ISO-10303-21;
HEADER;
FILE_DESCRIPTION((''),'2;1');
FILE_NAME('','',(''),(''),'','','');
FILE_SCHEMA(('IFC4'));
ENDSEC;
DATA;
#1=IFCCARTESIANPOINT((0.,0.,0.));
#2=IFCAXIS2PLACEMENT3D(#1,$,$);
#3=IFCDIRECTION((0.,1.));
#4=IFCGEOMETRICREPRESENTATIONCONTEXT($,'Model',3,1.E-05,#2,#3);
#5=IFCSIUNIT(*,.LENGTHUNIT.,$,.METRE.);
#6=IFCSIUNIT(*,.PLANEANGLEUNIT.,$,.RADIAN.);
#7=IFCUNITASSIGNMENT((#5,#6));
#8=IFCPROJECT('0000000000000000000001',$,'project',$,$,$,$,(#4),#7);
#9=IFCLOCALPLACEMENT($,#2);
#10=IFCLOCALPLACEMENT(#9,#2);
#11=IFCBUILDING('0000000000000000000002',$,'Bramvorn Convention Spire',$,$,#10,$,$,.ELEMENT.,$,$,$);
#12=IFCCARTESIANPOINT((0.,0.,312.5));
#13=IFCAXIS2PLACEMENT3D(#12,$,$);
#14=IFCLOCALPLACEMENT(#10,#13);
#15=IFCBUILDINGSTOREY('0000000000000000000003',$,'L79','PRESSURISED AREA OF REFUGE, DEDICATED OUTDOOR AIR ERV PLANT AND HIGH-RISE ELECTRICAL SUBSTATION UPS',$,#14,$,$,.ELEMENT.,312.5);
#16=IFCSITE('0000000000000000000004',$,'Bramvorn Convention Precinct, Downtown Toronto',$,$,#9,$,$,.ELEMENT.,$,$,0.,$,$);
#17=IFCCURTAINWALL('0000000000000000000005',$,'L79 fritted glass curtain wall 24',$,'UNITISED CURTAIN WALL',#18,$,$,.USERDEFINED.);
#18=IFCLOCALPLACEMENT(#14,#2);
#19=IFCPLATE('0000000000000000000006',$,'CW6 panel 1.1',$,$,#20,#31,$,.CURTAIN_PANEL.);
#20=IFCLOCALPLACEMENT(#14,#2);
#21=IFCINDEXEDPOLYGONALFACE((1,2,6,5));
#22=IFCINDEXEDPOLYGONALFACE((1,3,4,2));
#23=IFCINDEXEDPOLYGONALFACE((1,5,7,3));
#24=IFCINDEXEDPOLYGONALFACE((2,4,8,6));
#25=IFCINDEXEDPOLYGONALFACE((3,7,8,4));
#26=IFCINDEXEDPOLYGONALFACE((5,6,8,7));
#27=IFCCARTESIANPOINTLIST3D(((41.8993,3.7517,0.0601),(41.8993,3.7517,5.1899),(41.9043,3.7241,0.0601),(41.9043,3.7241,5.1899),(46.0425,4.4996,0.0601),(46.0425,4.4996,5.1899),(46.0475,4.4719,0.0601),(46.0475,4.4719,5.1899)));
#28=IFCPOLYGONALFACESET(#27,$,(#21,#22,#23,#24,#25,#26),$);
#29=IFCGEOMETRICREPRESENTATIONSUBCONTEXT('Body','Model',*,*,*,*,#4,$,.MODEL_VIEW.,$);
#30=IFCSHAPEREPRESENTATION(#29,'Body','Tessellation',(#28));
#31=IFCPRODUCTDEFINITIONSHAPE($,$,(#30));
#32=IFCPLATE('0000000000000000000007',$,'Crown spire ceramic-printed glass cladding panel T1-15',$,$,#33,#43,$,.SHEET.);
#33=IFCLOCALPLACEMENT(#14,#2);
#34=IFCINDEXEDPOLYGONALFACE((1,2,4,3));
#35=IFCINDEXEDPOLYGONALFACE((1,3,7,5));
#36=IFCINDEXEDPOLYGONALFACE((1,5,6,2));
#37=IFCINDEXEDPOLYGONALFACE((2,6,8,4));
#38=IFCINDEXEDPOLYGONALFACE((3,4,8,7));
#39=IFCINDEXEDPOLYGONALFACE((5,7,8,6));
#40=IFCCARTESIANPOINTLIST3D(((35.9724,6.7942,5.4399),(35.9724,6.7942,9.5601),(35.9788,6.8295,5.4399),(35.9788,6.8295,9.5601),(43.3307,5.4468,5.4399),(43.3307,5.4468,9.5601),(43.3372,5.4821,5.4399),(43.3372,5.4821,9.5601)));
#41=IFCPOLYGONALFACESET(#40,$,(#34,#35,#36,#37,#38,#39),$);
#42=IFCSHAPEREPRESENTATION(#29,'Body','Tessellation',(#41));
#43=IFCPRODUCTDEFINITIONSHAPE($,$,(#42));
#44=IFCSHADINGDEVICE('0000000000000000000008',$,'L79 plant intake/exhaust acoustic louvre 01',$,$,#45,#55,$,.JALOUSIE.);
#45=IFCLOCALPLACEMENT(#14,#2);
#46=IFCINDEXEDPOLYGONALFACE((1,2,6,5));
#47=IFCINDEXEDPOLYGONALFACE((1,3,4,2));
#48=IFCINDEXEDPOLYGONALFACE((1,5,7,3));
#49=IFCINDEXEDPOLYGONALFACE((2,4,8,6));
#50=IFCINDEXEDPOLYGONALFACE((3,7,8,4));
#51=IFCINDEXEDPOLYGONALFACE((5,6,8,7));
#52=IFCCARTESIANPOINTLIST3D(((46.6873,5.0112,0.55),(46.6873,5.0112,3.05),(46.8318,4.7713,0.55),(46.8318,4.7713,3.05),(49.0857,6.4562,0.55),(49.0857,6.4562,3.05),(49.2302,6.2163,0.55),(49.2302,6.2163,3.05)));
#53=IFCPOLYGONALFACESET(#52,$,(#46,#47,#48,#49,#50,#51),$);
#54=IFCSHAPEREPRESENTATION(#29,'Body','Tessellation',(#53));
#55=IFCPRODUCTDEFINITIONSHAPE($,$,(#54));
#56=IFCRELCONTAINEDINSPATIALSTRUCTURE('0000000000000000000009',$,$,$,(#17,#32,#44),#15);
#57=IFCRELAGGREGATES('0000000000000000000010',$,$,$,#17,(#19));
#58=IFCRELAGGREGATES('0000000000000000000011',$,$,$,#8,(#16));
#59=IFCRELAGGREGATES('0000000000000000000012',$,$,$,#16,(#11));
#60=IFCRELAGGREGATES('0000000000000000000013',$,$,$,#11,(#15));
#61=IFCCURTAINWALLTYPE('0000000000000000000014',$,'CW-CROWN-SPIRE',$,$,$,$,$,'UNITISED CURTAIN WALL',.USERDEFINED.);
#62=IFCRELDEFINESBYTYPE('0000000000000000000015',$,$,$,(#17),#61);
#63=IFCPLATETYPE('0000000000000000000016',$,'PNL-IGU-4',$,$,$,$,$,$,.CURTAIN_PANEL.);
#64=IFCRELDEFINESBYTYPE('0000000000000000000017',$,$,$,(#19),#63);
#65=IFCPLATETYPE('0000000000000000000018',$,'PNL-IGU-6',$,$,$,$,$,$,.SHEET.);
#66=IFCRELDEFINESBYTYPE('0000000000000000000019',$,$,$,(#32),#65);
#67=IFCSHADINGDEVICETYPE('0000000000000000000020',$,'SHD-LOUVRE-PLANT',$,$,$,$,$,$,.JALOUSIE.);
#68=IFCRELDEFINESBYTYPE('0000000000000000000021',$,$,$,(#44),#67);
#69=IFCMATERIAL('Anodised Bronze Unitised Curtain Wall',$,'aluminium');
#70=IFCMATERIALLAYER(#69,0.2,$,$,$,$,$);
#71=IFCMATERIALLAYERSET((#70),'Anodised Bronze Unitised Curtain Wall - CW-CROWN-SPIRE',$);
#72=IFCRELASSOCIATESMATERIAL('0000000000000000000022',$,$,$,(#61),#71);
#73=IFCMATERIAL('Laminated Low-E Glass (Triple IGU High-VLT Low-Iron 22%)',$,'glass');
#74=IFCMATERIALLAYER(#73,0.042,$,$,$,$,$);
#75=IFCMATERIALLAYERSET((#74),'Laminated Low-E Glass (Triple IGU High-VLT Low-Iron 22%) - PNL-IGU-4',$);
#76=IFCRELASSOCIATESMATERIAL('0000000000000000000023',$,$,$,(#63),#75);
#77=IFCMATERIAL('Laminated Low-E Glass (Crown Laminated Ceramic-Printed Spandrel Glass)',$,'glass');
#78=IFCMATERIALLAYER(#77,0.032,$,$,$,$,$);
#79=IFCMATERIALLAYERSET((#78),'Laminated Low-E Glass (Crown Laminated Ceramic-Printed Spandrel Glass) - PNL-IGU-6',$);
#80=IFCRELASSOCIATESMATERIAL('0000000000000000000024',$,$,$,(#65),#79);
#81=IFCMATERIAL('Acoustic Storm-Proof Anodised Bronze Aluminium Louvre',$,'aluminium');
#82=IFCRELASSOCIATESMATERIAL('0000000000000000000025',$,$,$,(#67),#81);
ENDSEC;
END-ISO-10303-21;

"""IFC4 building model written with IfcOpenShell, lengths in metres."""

from ifc_helpers import new_model, si_unit, direction, frame, origin, origin_2d, place, context, subcontext, project, spatial, rectangle, extrude, material, layer, layer_set, type_object, element, aggregate, save


model = new_model("IFC4")

# Units and contexts
model_context = context("Model", 3, precision=1e-05, world=origin(), true_north=direction((0.0, 1.0)))
body_context = subcontext(model_context, "Body", "Model", "MODEL_VIEW")
ifc_project = project(units=[si_unit("LENGTHUNIT", "METRE"), si_unit("PLANEANGLEUNIT", "RADIAN")], contexts=[model_context])

# Site, building, storey
site_placement = place(None, origin())
site = spatial("IfcSite", under=ifc_project, at=site_placement, Name="Bramvorn Convention Precinct, Downtown Toronto", CompositionType="ELEMENT", RefElevation=0.0)
building_placement = place(site_placement, origin())
building = spatial("IfcBuilding", under=site, at=building_placement, Name="Bramvorn Convention Spire", CompositionType="ELEMENT")
storey_placement = place(building_placement, frame((0.0, 0.0, 312.5)))
storey = spatial("IfcBuildingStorey", under=building, at=storey_placement, Name="L79", Description="PRESSURISED AREA OF REFUGE, DEDICATED OUTDOOR AIR ERV PLANT AND HIGH-RISE ELECTRICAL SUBSTATION UPS", CompositionType="ELEMENT", Elevation=312.5)

# Shared definitions
ifc_material_1 = material(Name="Anodised Bronze Unitised Curtain Wall", Category="aluminium")
ifc_layer_1 = layer(ifc_material_1, 0.2)
ifc_layer_set_1 = layer_set([ifc_layer_1], Name="Anodised Bronze Unitised Curtain Wall - CW-CROWN-SPIRE")
curtain_wall_type = type_object("IfcCurtainWallType", Name="CW-CROWN-SPIRE", ElementType="UNITISED CURTAIN WALL", PredefinedType="USERDEFINED", material=ifc_layer_set_1)

# Curtain wall
curtain_wall_1_placement = place(storey_placement, origin())
curtain_wall_1 = element("IfcCurtainWall", 1, at=curtain_wall_1_placement, inside=storey, type_object=curtain_wall_type, Name="L79 fritted glass curtain wall 24", ObjectType="UNITISED CURTAIN WALL", PredefinedType="USERDEFINED")

# Plates
ifc_material_2 = material(Name="Laminated Low-E Glass (Triple IGU High-VLT Low-Iron 22%)", Category="glass")
ifc_layer_2 = layer(ifc_material_2, 0.042)
ifc_layer_set_2 = layer_set([ifc_layer_2], Name="Laminated Low-E Glass (Triple IGU High-VLT Low-Iron 22%) - PNL-IGU-4")
plate_type_1 = type_object("IfcPlateType", Name="PNL-IGU-4", PredefinedType="CURTAIN_PANEL", material=ifc_layer_set_2)
plate_1_placement = place(storey_placement, frame((43.9734, 4.1118, 0.0601), z_axis=(0.0, 0.0, 1.0), x_axis=(-0.984097, -0.177633, 0.0)))
plate_1 = element("IfcPlate", 2, at=plate_1_placement, type_object=plate_type_1, Name="CW6 panel 1.1", PredefinedType="CURTAIN_PANEL", context=body_context, shape_type="SweptSolid", body=[
    extrude(rectangle(XDim=4.2102, YDim=0.0281, at=origin_2d()), origin(), (0.0, 0.0, 1.0), 5.1299),
])
aggregate(curtain_wall_1, [plate_1])
ifc_material_3 = material(Name="Laminated Low-E Glass (Crown Laminated Ceramic-Printed Spandrel Glass)", Category="glass")
ifc_layer_3 = layer(ifc_material_3, 0.032)
ifc_layer_set_3 = layer_set([ifc_layer_3], Name="Laminated Low-E Glass (Crown Laminated Ceramic-Printed Spandrel Glass) - PNL-IGU-6")
plate_type_2 = type_object("IfcPlateType", Name="PNL-IGU-6", PredefinedType="SHEET", material=ifc_layer_set_3)
plate_2_placement = place(storey_placement, frame((39.6548, 6.1382, 5.4399), z_axis=(0.0, 0.0, 1.0), x_axis=(0.983645, -0.180119, 0.0)))
element("IfcPlate", 3, at=plate_2_placement, inside=storey, type_object=plate_type_2, Name="Crown spire ceramic-printed glass cladding panel T1-15", PredefinedType="SHEET", context=body_context, shape_type="SweptSolid", body=[
    extrude(rectangle(XDim=7.4807, YDim=0.0359, at=origin_2d()), origin(), (0.0, 0.0, 1.0), 4.1201),
])

# Shading device
ifc_material_4 = material(Name="Acoustic Storm-Proof Anodised Bronze Aluminium Louvre", Category="aluminium")
shading_device_type = type_object("IfcShadingDeviceType", Name="SHD-LOUVRE-PLANT", PredefinedType="JALOUSIE", material=ifc_material_4)
shading_device_placement = place(storey_placement, frame((47.9587, 5.6138, 0.55), z_axis=(0.0, 0.0, 1.0), x_axis=(-0.85655, -0.516064, 0.0)))
element("IfcShadingDevice", 4, at=shading_device_placement, inside=storey, type_object=shading_device_type, Name="L79 plant intake/exhaust acoustic louvre 01", PredefinedType="JALOUSIE", context=body_context, shape_type="SweptSolid", body=[
    extrude(rectangle(XDim=2.8, YDim=0.28, at=origin_2d()), origin(), (0.0, 0.0, 1.0), 2.5),
])

save(model, "model.ifc")
